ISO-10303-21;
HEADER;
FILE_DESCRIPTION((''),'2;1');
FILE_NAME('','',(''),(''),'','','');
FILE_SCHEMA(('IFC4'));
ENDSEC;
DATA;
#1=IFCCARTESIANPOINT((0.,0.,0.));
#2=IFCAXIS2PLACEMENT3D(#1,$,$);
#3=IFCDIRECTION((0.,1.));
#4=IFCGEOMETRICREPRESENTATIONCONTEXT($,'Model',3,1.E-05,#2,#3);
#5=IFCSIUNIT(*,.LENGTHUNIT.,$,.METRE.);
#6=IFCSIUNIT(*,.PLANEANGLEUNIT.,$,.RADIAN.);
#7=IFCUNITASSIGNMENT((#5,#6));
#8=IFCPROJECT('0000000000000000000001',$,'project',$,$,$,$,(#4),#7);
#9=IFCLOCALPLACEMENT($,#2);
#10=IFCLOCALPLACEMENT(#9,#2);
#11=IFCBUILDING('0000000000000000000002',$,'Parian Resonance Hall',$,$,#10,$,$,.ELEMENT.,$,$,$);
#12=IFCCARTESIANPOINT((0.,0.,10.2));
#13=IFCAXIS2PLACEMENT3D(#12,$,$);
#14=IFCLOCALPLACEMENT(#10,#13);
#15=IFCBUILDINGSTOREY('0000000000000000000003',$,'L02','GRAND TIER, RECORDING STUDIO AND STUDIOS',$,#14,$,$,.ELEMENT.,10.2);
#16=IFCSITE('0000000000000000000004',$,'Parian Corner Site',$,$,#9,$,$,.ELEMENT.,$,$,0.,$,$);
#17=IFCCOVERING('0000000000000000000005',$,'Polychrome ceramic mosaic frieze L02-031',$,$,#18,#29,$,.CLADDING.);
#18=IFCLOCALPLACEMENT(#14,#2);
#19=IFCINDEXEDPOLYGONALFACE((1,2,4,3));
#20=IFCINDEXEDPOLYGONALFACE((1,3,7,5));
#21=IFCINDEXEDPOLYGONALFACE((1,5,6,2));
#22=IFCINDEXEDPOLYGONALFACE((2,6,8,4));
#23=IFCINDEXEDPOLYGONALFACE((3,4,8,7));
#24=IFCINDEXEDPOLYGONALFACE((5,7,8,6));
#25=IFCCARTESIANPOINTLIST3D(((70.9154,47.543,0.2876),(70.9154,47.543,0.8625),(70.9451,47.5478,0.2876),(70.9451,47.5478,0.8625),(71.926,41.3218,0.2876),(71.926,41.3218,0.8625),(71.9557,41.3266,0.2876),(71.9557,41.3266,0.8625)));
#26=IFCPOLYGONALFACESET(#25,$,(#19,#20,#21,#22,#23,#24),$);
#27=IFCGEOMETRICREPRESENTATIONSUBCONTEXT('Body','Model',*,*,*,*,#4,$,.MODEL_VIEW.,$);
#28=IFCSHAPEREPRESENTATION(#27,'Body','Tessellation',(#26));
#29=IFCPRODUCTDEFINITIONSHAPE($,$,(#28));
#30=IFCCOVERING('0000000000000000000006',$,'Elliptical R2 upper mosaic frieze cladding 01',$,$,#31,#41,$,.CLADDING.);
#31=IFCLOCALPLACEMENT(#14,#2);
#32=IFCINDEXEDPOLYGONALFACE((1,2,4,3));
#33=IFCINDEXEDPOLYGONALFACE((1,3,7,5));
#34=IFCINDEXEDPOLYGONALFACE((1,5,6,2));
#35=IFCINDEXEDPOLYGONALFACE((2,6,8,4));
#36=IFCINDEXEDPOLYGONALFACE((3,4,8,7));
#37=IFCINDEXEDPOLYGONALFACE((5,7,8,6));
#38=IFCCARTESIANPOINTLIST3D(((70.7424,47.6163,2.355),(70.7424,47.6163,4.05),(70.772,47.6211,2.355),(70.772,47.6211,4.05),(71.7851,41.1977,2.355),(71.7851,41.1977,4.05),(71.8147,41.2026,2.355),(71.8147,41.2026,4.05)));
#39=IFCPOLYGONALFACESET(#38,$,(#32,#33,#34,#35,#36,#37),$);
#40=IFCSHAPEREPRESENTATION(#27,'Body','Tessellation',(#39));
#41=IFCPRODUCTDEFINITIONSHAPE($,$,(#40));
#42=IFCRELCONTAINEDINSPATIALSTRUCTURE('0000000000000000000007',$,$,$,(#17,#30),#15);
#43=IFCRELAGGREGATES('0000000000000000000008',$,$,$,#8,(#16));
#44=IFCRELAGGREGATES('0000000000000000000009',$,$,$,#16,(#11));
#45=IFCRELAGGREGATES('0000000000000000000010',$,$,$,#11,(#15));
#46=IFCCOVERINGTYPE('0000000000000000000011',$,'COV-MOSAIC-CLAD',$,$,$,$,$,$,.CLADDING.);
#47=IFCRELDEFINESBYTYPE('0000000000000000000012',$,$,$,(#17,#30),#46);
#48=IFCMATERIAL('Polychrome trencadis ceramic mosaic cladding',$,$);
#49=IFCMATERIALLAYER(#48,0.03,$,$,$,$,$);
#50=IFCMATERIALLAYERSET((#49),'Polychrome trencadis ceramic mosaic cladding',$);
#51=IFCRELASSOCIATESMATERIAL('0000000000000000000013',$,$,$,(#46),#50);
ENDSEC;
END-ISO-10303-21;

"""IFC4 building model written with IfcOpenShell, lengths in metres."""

from ifc_helpers import new_model, si_unit, direction, frame, origin, origin_2d, place, context, subcontext, project, spatial, rectangle, extrude, material, layer, layer_set, type_object, element, save


model = new_model("IFC4")

# Units and contexts
model_context = context("Model", 3, precision=1e-05, world=origin(), true_north=direction((0.0, 1.0)))
body_context = subcontext(model_context, "Body", "Model", "MODEL_VIEW")
ifc_project = project(units=[si_unit("LENGTHUNIT", "METRE"), si_unit("PLANEANGLEUNIT", "RADIAN")], contexts=[model_context])

# Site, building, storey
site_placement = place(None, origin())
site = spatial("IfcSite", under=ifc_project, at=site_placement, Name="Parian Corner Site", CompositionType="ELEMENT", RefElevation=0.0)
building_placement = place(site_placement, origin())
building = spatial("IfcBuilding", under=site, at=building_placement, Name="Parian Resonance Hall", CompositionType="ELEMENT")
storey_placement = place(building_placement, frame((0.0, 0.0, 10.2)))
storey = spatial("IfcBuildingStorey", under=building, at=storey_placement, Name="L02", Description="GRAND TIER, RECORDING STUDIO AND STUDIOS", CompositionType="ELEMENT", Elevation=10.2)

# Coverings
ifc_material_1 = material(Name="Polychrome trencadis ceramic mosaic cladding")
ifc_layer_1 = layer(ifc_material_1, 0.03)
ifc_layer_set_1 = layer_set([ifc_layer_1], Name="Polychrome trencadis ceramic mosaic cladding")
covering_type = type_object("IfcCoveringType", Name="COV-MOSAIC-CLAD", PredefinedType="CLADDING", material=ifc_layer_set_1)
covering_1_placement = place(storey_placement, frame((71.4355, 44.4348, 0.2876), z_axis=(0.0, 0.0, 1.0), x_axis=(0.160345, -0.987061, 0.0)))
element("IfcCovering", 1, at=covering_1_placement, inside=storey, type_object=covering_type, Name="Polychrome ceramic mosaic frieze L02-031", PredefinedType="CLADDING", context=body_context, shape_type="SweptSolid", body=[
    extrude(rectangle(XDim=6.3027, YDim=0.03, at=origin_2d()), origin(), (0.0, 0.0, 1.0), 0.575),
])
covering_2_placement = place(storey_placement, frame((71.2786, 44.4094, 2.355), z_axis=(0.0, 0.0, 1.0), x_axis=(0.160345, -0.987061, 0.0)))
element("IfcCovering", 2, at=covering_2_placement, inside=storey, type_object=covering_type, Name="Elliptical R2 upper mosaic frieze cladding 01", PredefinedType="CLADDING", context=body_context, shape_type="SweptSolid", body=[
    extrude(rectangle(XDim=6.5027, YDim=0.03, at=origin_2d()), origin(), (0.0, 0.0, 1.0), 1.6951),
])

save(model, "model.ifc")
